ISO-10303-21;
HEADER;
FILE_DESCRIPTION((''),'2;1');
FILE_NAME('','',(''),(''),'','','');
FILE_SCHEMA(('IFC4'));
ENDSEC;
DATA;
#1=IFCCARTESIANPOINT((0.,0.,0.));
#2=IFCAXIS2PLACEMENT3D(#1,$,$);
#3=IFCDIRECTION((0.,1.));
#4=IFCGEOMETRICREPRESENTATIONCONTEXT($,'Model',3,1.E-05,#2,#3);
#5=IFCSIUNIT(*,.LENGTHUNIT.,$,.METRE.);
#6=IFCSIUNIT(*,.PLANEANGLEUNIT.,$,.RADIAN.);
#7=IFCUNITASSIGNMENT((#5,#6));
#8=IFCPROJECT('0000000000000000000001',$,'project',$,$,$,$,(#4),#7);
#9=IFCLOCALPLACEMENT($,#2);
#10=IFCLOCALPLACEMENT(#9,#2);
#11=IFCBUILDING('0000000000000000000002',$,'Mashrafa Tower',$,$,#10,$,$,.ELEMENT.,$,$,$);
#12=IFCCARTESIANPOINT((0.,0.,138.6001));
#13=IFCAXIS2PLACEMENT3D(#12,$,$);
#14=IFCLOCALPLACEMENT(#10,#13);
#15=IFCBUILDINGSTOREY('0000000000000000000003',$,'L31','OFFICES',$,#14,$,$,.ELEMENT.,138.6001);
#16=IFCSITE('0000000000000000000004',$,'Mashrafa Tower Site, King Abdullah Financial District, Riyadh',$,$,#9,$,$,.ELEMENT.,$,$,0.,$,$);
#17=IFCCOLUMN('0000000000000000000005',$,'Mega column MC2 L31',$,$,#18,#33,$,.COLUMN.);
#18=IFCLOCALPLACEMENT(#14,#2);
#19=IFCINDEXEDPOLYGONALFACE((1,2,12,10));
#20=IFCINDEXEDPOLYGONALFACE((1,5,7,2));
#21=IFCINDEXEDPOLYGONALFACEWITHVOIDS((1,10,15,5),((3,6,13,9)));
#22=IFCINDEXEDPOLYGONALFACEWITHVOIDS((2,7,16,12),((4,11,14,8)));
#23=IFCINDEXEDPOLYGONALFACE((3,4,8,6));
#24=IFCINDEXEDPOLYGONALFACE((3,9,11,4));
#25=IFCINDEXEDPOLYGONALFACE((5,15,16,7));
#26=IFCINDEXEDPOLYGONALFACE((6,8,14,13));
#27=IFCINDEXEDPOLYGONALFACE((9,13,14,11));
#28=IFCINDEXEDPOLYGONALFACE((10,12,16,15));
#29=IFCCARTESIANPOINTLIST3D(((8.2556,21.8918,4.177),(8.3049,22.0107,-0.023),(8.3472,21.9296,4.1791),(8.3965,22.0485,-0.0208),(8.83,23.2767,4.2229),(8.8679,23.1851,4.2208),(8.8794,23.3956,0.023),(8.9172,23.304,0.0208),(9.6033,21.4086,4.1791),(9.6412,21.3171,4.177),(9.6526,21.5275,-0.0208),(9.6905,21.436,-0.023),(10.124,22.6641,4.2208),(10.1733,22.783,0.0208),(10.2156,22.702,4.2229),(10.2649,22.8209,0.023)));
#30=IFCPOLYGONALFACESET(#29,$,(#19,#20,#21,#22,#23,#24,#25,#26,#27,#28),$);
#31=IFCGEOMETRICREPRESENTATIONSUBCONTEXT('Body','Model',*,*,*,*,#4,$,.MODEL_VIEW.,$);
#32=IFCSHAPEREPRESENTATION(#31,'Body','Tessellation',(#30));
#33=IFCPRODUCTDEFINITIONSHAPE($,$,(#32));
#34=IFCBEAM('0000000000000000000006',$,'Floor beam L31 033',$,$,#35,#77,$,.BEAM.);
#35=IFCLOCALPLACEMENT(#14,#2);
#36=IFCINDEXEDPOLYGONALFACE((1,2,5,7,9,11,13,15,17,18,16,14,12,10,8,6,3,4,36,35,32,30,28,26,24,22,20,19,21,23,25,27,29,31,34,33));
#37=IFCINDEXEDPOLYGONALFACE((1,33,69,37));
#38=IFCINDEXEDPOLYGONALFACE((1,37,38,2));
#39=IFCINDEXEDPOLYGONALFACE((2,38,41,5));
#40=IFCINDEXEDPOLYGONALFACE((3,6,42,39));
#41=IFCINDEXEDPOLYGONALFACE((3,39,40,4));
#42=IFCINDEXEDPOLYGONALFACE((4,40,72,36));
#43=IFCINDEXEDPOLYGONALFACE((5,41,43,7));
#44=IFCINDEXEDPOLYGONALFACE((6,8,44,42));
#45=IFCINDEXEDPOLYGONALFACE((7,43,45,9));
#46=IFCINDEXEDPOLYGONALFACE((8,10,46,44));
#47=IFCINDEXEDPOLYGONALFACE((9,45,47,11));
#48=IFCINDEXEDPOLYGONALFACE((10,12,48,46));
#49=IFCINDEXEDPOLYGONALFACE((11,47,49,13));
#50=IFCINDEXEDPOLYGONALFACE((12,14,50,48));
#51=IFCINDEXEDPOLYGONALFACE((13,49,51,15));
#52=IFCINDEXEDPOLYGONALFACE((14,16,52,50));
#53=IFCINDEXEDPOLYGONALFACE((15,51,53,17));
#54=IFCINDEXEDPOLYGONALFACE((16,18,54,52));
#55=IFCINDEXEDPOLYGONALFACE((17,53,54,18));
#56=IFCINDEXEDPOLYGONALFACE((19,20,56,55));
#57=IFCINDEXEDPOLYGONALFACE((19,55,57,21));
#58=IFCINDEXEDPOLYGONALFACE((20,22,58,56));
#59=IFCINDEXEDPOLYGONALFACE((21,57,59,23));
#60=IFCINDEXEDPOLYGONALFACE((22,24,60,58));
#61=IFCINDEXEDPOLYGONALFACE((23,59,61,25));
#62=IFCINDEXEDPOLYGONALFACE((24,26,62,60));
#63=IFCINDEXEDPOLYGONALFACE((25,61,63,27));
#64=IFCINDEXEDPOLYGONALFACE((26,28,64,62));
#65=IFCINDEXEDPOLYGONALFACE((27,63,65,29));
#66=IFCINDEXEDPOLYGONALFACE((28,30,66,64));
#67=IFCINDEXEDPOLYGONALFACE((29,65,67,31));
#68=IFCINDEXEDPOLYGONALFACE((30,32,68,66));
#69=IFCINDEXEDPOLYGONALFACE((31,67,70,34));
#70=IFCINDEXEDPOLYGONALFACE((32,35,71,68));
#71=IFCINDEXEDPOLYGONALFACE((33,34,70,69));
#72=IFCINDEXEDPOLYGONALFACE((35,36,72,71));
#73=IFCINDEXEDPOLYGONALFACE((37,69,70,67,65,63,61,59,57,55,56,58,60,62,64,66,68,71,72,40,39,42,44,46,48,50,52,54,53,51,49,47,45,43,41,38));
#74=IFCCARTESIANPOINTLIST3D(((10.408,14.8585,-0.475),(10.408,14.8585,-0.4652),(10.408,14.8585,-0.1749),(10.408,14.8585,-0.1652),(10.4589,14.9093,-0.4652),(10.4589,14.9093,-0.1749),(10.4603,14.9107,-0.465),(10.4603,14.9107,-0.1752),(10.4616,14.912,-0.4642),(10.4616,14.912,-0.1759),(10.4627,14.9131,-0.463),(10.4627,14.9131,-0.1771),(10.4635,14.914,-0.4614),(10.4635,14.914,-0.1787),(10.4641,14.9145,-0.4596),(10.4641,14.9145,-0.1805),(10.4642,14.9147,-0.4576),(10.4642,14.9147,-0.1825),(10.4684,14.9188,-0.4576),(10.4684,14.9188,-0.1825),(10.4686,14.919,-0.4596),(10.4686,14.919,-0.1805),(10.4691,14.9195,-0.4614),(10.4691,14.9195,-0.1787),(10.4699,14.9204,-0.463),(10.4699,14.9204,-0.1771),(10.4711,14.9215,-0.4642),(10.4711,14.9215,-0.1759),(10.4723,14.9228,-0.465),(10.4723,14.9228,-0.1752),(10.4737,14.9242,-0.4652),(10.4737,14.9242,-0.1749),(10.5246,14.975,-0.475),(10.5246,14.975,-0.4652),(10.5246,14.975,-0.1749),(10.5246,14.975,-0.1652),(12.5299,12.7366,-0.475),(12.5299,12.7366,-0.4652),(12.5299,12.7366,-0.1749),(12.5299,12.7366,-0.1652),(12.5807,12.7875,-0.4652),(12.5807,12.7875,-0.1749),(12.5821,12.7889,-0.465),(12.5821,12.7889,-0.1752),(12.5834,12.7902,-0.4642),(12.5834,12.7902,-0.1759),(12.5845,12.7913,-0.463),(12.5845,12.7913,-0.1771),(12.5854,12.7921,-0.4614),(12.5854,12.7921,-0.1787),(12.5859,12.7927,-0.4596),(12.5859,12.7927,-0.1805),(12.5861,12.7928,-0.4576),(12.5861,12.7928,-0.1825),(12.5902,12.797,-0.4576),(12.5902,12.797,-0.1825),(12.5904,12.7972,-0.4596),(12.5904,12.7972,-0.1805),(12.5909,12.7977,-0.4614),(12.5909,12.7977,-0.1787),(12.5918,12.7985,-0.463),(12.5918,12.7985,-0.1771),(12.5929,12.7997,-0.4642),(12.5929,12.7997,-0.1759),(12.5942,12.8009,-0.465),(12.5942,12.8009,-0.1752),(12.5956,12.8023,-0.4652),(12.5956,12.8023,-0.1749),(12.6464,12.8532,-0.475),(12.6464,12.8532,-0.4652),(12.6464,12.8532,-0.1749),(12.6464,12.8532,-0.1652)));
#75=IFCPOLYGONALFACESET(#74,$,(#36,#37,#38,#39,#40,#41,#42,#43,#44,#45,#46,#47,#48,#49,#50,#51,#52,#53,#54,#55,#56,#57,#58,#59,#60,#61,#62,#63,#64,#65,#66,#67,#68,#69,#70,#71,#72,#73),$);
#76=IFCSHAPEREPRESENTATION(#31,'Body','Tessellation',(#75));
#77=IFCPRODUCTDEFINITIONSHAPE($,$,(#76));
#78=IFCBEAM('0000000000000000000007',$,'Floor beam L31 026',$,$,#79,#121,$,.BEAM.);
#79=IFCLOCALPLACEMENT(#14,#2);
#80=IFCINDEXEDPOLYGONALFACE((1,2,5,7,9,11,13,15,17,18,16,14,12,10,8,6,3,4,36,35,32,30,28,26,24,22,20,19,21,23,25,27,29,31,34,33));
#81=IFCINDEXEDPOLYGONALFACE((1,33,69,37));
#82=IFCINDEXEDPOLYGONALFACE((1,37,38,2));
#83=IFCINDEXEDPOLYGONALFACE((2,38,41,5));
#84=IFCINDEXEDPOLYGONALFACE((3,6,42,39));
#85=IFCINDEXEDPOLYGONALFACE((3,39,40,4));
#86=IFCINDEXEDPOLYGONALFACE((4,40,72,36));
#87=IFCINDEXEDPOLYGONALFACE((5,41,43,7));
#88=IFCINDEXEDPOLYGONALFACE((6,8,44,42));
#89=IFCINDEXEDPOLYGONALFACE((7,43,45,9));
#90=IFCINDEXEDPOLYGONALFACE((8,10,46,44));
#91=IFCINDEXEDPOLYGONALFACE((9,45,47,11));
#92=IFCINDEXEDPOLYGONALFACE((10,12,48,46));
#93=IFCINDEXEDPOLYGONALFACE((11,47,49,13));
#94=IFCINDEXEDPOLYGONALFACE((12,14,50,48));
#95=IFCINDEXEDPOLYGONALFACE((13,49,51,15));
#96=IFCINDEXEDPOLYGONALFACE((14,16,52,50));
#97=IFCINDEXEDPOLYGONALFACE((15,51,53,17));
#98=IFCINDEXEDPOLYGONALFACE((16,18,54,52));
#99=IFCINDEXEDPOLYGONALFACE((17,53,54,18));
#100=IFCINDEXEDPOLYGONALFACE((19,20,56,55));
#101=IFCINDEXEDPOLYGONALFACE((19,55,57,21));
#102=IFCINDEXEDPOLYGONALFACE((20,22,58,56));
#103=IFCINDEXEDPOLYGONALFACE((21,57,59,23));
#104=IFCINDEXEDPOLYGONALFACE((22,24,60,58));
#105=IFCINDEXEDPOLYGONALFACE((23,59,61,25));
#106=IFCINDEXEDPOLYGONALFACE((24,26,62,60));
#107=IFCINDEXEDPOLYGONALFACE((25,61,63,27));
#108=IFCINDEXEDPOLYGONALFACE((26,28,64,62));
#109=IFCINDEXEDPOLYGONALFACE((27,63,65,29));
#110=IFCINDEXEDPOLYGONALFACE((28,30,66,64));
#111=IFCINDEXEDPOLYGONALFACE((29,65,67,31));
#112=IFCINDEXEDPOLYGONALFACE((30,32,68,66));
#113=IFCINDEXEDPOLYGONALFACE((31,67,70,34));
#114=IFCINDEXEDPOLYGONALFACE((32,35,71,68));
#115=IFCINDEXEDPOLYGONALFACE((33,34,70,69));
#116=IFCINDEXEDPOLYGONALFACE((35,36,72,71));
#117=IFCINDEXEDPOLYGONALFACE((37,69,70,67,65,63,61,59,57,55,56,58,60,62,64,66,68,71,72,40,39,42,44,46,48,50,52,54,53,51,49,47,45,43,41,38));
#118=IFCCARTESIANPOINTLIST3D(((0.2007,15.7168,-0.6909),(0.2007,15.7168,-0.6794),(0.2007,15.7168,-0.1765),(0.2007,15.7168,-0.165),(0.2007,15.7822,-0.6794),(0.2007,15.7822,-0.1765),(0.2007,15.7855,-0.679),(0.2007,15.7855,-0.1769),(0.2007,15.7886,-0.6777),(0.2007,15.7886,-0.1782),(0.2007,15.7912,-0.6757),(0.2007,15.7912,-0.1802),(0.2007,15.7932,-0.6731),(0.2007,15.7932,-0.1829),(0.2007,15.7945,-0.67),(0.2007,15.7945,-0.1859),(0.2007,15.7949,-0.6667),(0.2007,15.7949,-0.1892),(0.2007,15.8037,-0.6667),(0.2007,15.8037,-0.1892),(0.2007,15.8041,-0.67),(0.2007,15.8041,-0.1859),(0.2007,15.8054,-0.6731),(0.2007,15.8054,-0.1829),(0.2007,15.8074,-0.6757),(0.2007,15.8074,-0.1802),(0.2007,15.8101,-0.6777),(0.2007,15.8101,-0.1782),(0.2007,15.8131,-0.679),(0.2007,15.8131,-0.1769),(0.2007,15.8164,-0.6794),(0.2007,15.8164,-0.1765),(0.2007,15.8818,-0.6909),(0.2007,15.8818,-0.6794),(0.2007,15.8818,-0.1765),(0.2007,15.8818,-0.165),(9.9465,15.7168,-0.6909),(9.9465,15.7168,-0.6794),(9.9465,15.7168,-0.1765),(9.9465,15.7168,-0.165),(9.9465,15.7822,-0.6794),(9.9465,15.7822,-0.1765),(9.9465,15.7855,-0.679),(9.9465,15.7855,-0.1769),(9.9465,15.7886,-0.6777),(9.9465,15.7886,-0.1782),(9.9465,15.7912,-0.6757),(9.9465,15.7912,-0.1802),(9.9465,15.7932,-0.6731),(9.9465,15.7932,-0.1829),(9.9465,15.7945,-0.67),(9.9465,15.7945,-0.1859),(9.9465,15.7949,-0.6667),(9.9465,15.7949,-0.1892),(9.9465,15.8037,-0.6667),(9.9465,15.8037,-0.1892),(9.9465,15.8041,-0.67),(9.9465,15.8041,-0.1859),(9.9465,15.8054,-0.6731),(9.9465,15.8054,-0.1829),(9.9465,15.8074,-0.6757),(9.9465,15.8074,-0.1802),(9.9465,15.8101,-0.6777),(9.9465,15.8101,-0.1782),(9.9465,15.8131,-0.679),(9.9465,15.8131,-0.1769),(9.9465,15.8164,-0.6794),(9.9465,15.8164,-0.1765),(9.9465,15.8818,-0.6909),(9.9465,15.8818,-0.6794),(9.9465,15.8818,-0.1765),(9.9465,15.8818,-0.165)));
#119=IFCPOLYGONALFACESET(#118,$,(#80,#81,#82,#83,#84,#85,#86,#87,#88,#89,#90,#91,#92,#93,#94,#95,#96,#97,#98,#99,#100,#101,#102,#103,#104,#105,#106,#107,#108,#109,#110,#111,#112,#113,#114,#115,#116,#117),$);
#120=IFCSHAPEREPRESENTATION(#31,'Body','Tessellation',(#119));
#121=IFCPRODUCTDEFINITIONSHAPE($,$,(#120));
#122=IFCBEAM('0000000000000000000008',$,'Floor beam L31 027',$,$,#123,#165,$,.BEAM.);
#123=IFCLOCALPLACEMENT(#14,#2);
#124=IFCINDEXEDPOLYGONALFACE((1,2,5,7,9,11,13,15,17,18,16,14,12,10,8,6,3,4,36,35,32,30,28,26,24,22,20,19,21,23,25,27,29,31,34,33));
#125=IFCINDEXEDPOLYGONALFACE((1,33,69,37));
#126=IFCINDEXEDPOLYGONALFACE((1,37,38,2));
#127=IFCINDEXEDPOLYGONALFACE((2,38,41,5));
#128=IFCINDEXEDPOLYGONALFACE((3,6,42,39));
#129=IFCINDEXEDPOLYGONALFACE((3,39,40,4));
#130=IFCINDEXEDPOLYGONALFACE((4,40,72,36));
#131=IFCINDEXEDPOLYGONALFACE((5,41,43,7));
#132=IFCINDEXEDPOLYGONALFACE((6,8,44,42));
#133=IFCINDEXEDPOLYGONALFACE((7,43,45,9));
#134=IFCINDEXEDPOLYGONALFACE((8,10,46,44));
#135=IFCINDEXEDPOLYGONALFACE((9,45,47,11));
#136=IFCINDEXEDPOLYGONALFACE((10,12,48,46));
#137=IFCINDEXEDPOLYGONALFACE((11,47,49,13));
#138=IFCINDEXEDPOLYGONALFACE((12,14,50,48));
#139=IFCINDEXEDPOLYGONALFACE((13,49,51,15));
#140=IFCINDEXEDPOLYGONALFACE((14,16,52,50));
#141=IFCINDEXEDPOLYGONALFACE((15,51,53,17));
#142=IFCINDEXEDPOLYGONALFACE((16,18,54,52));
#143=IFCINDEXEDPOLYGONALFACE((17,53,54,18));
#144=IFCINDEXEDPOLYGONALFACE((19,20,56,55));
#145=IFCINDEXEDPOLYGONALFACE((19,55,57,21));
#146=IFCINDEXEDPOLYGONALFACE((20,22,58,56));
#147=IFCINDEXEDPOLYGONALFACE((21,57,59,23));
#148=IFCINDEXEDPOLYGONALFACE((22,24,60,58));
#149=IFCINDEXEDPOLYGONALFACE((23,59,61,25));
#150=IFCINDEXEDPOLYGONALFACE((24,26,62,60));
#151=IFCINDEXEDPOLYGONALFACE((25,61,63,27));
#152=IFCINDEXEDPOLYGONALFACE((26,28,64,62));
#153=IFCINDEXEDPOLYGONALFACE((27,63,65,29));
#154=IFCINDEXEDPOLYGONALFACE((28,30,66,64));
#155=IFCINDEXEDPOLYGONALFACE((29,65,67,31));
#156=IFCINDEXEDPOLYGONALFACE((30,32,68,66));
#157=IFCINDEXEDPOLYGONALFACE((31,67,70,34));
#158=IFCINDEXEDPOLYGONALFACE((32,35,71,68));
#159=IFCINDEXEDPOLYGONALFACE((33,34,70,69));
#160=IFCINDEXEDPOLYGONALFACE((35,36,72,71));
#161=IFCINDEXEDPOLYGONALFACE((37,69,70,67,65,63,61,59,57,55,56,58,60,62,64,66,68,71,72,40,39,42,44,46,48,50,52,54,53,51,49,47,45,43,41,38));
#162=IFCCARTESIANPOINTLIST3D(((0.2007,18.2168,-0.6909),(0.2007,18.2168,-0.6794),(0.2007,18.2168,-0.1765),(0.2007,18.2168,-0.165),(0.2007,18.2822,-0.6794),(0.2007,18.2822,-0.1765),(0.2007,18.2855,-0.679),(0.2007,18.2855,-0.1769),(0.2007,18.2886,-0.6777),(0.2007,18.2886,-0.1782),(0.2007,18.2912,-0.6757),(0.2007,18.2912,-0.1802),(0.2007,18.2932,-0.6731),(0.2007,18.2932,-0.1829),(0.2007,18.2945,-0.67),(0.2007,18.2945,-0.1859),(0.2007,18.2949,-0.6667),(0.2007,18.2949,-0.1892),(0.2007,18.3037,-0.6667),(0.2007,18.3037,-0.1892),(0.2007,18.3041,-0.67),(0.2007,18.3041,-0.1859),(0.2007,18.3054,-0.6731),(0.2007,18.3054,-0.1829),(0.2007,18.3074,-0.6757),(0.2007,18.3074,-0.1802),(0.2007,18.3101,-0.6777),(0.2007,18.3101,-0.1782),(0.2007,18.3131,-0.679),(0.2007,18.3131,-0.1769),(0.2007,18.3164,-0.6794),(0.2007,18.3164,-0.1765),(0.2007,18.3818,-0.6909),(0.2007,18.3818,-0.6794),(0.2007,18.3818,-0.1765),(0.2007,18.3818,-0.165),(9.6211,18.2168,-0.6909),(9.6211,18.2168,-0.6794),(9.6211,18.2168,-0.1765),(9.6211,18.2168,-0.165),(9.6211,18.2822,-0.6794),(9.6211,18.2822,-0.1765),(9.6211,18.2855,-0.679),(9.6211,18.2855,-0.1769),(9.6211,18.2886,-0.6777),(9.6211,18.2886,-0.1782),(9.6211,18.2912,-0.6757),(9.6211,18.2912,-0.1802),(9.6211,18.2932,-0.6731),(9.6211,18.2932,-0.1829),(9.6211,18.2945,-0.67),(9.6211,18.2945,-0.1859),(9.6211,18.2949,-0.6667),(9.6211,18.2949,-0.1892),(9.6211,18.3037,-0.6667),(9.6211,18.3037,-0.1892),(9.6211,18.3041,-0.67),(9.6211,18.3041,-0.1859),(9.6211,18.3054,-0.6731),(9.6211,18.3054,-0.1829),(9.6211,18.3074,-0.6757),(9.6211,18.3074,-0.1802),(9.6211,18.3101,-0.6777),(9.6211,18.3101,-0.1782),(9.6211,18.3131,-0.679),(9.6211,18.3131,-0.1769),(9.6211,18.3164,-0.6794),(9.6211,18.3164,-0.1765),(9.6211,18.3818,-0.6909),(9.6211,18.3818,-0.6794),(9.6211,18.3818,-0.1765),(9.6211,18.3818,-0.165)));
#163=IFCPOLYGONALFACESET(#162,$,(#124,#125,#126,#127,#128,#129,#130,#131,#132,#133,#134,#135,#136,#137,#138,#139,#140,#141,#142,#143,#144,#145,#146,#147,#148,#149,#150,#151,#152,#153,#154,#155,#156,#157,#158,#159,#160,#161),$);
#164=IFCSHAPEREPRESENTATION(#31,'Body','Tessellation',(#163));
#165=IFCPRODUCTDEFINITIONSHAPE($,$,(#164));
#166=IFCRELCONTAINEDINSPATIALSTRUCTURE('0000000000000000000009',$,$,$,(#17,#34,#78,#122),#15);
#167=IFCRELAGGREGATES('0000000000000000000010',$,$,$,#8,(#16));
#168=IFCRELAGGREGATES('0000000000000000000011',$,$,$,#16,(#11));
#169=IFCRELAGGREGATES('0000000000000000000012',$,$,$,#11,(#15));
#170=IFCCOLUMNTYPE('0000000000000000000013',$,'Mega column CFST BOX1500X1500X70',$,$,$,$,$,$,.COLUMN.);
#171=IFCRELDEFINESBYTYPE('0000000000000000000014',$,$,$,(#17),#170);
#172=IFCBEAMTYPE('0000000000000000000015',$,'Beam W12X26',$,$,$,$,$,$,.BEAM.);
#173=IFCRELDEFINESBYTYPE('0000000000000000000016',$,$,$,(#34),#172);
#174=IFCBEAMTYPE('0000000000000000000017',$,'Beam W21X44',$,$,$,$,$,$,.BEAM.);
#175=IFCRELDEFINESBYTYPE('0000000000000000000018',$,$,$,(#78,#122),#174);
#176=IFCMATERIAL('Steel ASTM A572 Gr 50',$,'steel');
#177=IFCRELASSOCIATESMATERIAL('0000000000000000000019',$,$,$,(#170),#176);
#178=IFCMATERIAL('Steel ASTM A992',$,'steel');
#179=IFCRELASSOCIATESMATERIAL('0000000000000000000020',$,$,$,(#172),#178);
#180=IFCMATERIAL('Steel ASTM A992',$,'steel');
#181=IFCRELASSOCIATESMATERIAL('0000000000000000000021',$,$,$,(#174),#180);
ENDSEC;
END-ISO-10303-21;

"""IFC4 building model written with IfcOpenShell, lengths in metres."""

from ifc_helpers import new_model, si_unit, direction, frame, origin, origin_2d, place, context, subcontext, project, spatial, hollow_rectangle, i_section, extrude, material, material_profile, profile_set, type_object, element, save


model = new_model("IFC4")

# Units and contexts
model_context = context("Model", 3, precision=1e-05, world=origin(), true_north=direction((0.0, 1.0)))
body_context = subcontext(model_context, "Body", "Model", "MODEL_VIEW")
ifc_project = project(units=[si_unit("LENGTHUNIT", "METRE"), si_unit("PLANEANGLEUNIT", "RADIAN")], contexts=[model_context])

# Site, building, storey
site_placement = place(None, origin())
site = spatial("IfcSite", under=ifc_project, at=site_placement, Name="Mashrafa Tower Site, King Abdullah Financial District, Riyadh", CompositionType="ELEMENT", RefElevation=0.0)
building_placement = place(site_placement, origin())
building = spatial("IfcBuilding", under=site, at=building_placement, Name="Mashrafa Tower", CompositionType="ELEMENT")
storey_placement = place(building_placement, frame((0.0, 0.0, 138.6001)))
storey = spatial("IfcBuildingStorey", under=building, at=storey_placement, Name="L31", Description="OFFICES", CompositionType="ELEMENT", Elevation=138.6001)

# Column
ifc_material_1 = material(Name="Steel ASTM A572 Gr 50", Category="steel")
ifc_material_profile_1 = material_profile(ifc_material_1, hollow_rectangle(XDim=1.5, YDim=1.5, WallThickness=0.0701, at=origin_2d()), Name="BOX1500X1500X70")
ifc_profile_set_1 = profile_set([ifc_material_profile_1], Name="Steel ASTM A572 Gr 50")
column_type = type_object("IfcColumnType", Name="Mega column CFST BOX1500X1500X70", PredefinedType="COLUMN", material=ifc_profile_set_1)
column_placement = place(storey_placement, frame((9.2849, 22.4158, 0.0), z_axis=(-0.011737, -0.028296, 0.999531), x_axis=(0.923693, -0.383133, 0.0)))
element("IfcColumn", 1, at=column_placement, inside=storey, type_object=column_type, Name="Mega column MC2 L31", PredefinedType="COLUMN", context=body_context, shape_type="SweptSolid", body=[
    extrude(hollow_rectangle(XDim=1.5, YDim=1.5, WallThickness=0.0701, at=origin_2d()), origin(), (0.0, 0.0, 1.0), 4.2019),
])

# Beams
ifc_material_2 = material(Name="Steel ASTM A992", Category="steel")
ifc_material_profile_2 = material_profile(ifc_material_2, i_section(OverallWidth=0.1648, OverallDepth=0.3098, WebThickness=0.0059, FlangeThickness=0.0098, FilletRadius=0.0076, at=origin_2d()), Name="W12X26")
ifc_profile_set_2 = profile_set([ifc_material_profile_2], Name="Steel ASTM A992")
beam_type_1 = type_object("IfcBeamType", Name="Beam W12X26", PredefinedType="BEAM", material=ifc_profile_set_2)
beam_1_placement = place(storey_placement, frame((10.4663, 14.9167, -0.3201), z_axis=(0.707107, -0.707107, 0.0), x_axis=(0.707107, 0.707107, 0.0)))
element("IfcBeam", 2, at=beam_1_placement, inside=storey, type_object=beam_type_1, Name="Floor beam L31 033", PredefinedType="BEAM", context=body_context, shape_type="SweptSolid", body=[
    extrude(i_section(OverallWidth=0.1648, OverallDepth=0.3098, WebThickness=0.0059, FlangeThickness=0.0098, FilletRadius=0.0076, at=origin_2d()), origin(), (0.0, 0.0, 1.0), 3.0007),
])
ifc_material_3 = material(Name="Steel ASTM A992", Category="steel")
ifc_material_profile_3 = material_profile(ifc_material_3, i_section(OverallWidth=0.165, OverallDepth=0.5259, WebThickness=0.0088, FlangeThickness=0.0115, FilletRadius=0.0127, at=origin_2d()), Name="W21X44")
ifc_profile_set_3 = profile_set([ifc_material_profile_3], Name="Steel ASTM A992")
beam_type_2 = type_object("IfcBeamType", Name="Beam W21X44", PredefinedType="BEAM", material=ifc_profile_set_3)
beam_2_placement = place(storey_placement, frame((0.2007, 15.7993, -0.428), z_axis=(1.0, 0.0, 0.0), x_axis=(0.0, 1.0, 0.0)))
element("IfcBeam", 3, at=beam_2_placement, inside=storey, type_object=beam_type_2, Name="Floor beam L31 026", PredefinedType="BEAM", context=body_context, shape_type="SweptSolid", body=[
    extrude(i_section(OverallWidth=0.165, OverallDepth=0.5259, WebThickness=0.0088, FlangeThickness=0.0115, FilletRadius=0.0127, at=origin_2d()), origin(), (0.0, 0.0, 1.0), 9.7458),
])
beam_3_placement = place(storey_placement, frame((0.2007, 18.2993, -0.428), z_axis=(1.0, 0.0, 0.0), x_axis=(0.0, 1.0, 0.0)))
element("IfcBeam", 4, at=beam_3_placement, inside=storey, type_object=beam_type_2, Name="Floor beam L31 027", PredefinedType="BEAM", context=body_context, shape_type="SweptSolid", body=[
    extrude(i_section(OverallWidth=0.165, OverallDepth=0.5259, WebThickness=0.0088, FlangeThickness=0.0115, FilletRadius=0.0127, at=origin_2d()), origin(), (0.0, 0.0, 1.0), 9.4204),
])

save(model, "model.ifc")
